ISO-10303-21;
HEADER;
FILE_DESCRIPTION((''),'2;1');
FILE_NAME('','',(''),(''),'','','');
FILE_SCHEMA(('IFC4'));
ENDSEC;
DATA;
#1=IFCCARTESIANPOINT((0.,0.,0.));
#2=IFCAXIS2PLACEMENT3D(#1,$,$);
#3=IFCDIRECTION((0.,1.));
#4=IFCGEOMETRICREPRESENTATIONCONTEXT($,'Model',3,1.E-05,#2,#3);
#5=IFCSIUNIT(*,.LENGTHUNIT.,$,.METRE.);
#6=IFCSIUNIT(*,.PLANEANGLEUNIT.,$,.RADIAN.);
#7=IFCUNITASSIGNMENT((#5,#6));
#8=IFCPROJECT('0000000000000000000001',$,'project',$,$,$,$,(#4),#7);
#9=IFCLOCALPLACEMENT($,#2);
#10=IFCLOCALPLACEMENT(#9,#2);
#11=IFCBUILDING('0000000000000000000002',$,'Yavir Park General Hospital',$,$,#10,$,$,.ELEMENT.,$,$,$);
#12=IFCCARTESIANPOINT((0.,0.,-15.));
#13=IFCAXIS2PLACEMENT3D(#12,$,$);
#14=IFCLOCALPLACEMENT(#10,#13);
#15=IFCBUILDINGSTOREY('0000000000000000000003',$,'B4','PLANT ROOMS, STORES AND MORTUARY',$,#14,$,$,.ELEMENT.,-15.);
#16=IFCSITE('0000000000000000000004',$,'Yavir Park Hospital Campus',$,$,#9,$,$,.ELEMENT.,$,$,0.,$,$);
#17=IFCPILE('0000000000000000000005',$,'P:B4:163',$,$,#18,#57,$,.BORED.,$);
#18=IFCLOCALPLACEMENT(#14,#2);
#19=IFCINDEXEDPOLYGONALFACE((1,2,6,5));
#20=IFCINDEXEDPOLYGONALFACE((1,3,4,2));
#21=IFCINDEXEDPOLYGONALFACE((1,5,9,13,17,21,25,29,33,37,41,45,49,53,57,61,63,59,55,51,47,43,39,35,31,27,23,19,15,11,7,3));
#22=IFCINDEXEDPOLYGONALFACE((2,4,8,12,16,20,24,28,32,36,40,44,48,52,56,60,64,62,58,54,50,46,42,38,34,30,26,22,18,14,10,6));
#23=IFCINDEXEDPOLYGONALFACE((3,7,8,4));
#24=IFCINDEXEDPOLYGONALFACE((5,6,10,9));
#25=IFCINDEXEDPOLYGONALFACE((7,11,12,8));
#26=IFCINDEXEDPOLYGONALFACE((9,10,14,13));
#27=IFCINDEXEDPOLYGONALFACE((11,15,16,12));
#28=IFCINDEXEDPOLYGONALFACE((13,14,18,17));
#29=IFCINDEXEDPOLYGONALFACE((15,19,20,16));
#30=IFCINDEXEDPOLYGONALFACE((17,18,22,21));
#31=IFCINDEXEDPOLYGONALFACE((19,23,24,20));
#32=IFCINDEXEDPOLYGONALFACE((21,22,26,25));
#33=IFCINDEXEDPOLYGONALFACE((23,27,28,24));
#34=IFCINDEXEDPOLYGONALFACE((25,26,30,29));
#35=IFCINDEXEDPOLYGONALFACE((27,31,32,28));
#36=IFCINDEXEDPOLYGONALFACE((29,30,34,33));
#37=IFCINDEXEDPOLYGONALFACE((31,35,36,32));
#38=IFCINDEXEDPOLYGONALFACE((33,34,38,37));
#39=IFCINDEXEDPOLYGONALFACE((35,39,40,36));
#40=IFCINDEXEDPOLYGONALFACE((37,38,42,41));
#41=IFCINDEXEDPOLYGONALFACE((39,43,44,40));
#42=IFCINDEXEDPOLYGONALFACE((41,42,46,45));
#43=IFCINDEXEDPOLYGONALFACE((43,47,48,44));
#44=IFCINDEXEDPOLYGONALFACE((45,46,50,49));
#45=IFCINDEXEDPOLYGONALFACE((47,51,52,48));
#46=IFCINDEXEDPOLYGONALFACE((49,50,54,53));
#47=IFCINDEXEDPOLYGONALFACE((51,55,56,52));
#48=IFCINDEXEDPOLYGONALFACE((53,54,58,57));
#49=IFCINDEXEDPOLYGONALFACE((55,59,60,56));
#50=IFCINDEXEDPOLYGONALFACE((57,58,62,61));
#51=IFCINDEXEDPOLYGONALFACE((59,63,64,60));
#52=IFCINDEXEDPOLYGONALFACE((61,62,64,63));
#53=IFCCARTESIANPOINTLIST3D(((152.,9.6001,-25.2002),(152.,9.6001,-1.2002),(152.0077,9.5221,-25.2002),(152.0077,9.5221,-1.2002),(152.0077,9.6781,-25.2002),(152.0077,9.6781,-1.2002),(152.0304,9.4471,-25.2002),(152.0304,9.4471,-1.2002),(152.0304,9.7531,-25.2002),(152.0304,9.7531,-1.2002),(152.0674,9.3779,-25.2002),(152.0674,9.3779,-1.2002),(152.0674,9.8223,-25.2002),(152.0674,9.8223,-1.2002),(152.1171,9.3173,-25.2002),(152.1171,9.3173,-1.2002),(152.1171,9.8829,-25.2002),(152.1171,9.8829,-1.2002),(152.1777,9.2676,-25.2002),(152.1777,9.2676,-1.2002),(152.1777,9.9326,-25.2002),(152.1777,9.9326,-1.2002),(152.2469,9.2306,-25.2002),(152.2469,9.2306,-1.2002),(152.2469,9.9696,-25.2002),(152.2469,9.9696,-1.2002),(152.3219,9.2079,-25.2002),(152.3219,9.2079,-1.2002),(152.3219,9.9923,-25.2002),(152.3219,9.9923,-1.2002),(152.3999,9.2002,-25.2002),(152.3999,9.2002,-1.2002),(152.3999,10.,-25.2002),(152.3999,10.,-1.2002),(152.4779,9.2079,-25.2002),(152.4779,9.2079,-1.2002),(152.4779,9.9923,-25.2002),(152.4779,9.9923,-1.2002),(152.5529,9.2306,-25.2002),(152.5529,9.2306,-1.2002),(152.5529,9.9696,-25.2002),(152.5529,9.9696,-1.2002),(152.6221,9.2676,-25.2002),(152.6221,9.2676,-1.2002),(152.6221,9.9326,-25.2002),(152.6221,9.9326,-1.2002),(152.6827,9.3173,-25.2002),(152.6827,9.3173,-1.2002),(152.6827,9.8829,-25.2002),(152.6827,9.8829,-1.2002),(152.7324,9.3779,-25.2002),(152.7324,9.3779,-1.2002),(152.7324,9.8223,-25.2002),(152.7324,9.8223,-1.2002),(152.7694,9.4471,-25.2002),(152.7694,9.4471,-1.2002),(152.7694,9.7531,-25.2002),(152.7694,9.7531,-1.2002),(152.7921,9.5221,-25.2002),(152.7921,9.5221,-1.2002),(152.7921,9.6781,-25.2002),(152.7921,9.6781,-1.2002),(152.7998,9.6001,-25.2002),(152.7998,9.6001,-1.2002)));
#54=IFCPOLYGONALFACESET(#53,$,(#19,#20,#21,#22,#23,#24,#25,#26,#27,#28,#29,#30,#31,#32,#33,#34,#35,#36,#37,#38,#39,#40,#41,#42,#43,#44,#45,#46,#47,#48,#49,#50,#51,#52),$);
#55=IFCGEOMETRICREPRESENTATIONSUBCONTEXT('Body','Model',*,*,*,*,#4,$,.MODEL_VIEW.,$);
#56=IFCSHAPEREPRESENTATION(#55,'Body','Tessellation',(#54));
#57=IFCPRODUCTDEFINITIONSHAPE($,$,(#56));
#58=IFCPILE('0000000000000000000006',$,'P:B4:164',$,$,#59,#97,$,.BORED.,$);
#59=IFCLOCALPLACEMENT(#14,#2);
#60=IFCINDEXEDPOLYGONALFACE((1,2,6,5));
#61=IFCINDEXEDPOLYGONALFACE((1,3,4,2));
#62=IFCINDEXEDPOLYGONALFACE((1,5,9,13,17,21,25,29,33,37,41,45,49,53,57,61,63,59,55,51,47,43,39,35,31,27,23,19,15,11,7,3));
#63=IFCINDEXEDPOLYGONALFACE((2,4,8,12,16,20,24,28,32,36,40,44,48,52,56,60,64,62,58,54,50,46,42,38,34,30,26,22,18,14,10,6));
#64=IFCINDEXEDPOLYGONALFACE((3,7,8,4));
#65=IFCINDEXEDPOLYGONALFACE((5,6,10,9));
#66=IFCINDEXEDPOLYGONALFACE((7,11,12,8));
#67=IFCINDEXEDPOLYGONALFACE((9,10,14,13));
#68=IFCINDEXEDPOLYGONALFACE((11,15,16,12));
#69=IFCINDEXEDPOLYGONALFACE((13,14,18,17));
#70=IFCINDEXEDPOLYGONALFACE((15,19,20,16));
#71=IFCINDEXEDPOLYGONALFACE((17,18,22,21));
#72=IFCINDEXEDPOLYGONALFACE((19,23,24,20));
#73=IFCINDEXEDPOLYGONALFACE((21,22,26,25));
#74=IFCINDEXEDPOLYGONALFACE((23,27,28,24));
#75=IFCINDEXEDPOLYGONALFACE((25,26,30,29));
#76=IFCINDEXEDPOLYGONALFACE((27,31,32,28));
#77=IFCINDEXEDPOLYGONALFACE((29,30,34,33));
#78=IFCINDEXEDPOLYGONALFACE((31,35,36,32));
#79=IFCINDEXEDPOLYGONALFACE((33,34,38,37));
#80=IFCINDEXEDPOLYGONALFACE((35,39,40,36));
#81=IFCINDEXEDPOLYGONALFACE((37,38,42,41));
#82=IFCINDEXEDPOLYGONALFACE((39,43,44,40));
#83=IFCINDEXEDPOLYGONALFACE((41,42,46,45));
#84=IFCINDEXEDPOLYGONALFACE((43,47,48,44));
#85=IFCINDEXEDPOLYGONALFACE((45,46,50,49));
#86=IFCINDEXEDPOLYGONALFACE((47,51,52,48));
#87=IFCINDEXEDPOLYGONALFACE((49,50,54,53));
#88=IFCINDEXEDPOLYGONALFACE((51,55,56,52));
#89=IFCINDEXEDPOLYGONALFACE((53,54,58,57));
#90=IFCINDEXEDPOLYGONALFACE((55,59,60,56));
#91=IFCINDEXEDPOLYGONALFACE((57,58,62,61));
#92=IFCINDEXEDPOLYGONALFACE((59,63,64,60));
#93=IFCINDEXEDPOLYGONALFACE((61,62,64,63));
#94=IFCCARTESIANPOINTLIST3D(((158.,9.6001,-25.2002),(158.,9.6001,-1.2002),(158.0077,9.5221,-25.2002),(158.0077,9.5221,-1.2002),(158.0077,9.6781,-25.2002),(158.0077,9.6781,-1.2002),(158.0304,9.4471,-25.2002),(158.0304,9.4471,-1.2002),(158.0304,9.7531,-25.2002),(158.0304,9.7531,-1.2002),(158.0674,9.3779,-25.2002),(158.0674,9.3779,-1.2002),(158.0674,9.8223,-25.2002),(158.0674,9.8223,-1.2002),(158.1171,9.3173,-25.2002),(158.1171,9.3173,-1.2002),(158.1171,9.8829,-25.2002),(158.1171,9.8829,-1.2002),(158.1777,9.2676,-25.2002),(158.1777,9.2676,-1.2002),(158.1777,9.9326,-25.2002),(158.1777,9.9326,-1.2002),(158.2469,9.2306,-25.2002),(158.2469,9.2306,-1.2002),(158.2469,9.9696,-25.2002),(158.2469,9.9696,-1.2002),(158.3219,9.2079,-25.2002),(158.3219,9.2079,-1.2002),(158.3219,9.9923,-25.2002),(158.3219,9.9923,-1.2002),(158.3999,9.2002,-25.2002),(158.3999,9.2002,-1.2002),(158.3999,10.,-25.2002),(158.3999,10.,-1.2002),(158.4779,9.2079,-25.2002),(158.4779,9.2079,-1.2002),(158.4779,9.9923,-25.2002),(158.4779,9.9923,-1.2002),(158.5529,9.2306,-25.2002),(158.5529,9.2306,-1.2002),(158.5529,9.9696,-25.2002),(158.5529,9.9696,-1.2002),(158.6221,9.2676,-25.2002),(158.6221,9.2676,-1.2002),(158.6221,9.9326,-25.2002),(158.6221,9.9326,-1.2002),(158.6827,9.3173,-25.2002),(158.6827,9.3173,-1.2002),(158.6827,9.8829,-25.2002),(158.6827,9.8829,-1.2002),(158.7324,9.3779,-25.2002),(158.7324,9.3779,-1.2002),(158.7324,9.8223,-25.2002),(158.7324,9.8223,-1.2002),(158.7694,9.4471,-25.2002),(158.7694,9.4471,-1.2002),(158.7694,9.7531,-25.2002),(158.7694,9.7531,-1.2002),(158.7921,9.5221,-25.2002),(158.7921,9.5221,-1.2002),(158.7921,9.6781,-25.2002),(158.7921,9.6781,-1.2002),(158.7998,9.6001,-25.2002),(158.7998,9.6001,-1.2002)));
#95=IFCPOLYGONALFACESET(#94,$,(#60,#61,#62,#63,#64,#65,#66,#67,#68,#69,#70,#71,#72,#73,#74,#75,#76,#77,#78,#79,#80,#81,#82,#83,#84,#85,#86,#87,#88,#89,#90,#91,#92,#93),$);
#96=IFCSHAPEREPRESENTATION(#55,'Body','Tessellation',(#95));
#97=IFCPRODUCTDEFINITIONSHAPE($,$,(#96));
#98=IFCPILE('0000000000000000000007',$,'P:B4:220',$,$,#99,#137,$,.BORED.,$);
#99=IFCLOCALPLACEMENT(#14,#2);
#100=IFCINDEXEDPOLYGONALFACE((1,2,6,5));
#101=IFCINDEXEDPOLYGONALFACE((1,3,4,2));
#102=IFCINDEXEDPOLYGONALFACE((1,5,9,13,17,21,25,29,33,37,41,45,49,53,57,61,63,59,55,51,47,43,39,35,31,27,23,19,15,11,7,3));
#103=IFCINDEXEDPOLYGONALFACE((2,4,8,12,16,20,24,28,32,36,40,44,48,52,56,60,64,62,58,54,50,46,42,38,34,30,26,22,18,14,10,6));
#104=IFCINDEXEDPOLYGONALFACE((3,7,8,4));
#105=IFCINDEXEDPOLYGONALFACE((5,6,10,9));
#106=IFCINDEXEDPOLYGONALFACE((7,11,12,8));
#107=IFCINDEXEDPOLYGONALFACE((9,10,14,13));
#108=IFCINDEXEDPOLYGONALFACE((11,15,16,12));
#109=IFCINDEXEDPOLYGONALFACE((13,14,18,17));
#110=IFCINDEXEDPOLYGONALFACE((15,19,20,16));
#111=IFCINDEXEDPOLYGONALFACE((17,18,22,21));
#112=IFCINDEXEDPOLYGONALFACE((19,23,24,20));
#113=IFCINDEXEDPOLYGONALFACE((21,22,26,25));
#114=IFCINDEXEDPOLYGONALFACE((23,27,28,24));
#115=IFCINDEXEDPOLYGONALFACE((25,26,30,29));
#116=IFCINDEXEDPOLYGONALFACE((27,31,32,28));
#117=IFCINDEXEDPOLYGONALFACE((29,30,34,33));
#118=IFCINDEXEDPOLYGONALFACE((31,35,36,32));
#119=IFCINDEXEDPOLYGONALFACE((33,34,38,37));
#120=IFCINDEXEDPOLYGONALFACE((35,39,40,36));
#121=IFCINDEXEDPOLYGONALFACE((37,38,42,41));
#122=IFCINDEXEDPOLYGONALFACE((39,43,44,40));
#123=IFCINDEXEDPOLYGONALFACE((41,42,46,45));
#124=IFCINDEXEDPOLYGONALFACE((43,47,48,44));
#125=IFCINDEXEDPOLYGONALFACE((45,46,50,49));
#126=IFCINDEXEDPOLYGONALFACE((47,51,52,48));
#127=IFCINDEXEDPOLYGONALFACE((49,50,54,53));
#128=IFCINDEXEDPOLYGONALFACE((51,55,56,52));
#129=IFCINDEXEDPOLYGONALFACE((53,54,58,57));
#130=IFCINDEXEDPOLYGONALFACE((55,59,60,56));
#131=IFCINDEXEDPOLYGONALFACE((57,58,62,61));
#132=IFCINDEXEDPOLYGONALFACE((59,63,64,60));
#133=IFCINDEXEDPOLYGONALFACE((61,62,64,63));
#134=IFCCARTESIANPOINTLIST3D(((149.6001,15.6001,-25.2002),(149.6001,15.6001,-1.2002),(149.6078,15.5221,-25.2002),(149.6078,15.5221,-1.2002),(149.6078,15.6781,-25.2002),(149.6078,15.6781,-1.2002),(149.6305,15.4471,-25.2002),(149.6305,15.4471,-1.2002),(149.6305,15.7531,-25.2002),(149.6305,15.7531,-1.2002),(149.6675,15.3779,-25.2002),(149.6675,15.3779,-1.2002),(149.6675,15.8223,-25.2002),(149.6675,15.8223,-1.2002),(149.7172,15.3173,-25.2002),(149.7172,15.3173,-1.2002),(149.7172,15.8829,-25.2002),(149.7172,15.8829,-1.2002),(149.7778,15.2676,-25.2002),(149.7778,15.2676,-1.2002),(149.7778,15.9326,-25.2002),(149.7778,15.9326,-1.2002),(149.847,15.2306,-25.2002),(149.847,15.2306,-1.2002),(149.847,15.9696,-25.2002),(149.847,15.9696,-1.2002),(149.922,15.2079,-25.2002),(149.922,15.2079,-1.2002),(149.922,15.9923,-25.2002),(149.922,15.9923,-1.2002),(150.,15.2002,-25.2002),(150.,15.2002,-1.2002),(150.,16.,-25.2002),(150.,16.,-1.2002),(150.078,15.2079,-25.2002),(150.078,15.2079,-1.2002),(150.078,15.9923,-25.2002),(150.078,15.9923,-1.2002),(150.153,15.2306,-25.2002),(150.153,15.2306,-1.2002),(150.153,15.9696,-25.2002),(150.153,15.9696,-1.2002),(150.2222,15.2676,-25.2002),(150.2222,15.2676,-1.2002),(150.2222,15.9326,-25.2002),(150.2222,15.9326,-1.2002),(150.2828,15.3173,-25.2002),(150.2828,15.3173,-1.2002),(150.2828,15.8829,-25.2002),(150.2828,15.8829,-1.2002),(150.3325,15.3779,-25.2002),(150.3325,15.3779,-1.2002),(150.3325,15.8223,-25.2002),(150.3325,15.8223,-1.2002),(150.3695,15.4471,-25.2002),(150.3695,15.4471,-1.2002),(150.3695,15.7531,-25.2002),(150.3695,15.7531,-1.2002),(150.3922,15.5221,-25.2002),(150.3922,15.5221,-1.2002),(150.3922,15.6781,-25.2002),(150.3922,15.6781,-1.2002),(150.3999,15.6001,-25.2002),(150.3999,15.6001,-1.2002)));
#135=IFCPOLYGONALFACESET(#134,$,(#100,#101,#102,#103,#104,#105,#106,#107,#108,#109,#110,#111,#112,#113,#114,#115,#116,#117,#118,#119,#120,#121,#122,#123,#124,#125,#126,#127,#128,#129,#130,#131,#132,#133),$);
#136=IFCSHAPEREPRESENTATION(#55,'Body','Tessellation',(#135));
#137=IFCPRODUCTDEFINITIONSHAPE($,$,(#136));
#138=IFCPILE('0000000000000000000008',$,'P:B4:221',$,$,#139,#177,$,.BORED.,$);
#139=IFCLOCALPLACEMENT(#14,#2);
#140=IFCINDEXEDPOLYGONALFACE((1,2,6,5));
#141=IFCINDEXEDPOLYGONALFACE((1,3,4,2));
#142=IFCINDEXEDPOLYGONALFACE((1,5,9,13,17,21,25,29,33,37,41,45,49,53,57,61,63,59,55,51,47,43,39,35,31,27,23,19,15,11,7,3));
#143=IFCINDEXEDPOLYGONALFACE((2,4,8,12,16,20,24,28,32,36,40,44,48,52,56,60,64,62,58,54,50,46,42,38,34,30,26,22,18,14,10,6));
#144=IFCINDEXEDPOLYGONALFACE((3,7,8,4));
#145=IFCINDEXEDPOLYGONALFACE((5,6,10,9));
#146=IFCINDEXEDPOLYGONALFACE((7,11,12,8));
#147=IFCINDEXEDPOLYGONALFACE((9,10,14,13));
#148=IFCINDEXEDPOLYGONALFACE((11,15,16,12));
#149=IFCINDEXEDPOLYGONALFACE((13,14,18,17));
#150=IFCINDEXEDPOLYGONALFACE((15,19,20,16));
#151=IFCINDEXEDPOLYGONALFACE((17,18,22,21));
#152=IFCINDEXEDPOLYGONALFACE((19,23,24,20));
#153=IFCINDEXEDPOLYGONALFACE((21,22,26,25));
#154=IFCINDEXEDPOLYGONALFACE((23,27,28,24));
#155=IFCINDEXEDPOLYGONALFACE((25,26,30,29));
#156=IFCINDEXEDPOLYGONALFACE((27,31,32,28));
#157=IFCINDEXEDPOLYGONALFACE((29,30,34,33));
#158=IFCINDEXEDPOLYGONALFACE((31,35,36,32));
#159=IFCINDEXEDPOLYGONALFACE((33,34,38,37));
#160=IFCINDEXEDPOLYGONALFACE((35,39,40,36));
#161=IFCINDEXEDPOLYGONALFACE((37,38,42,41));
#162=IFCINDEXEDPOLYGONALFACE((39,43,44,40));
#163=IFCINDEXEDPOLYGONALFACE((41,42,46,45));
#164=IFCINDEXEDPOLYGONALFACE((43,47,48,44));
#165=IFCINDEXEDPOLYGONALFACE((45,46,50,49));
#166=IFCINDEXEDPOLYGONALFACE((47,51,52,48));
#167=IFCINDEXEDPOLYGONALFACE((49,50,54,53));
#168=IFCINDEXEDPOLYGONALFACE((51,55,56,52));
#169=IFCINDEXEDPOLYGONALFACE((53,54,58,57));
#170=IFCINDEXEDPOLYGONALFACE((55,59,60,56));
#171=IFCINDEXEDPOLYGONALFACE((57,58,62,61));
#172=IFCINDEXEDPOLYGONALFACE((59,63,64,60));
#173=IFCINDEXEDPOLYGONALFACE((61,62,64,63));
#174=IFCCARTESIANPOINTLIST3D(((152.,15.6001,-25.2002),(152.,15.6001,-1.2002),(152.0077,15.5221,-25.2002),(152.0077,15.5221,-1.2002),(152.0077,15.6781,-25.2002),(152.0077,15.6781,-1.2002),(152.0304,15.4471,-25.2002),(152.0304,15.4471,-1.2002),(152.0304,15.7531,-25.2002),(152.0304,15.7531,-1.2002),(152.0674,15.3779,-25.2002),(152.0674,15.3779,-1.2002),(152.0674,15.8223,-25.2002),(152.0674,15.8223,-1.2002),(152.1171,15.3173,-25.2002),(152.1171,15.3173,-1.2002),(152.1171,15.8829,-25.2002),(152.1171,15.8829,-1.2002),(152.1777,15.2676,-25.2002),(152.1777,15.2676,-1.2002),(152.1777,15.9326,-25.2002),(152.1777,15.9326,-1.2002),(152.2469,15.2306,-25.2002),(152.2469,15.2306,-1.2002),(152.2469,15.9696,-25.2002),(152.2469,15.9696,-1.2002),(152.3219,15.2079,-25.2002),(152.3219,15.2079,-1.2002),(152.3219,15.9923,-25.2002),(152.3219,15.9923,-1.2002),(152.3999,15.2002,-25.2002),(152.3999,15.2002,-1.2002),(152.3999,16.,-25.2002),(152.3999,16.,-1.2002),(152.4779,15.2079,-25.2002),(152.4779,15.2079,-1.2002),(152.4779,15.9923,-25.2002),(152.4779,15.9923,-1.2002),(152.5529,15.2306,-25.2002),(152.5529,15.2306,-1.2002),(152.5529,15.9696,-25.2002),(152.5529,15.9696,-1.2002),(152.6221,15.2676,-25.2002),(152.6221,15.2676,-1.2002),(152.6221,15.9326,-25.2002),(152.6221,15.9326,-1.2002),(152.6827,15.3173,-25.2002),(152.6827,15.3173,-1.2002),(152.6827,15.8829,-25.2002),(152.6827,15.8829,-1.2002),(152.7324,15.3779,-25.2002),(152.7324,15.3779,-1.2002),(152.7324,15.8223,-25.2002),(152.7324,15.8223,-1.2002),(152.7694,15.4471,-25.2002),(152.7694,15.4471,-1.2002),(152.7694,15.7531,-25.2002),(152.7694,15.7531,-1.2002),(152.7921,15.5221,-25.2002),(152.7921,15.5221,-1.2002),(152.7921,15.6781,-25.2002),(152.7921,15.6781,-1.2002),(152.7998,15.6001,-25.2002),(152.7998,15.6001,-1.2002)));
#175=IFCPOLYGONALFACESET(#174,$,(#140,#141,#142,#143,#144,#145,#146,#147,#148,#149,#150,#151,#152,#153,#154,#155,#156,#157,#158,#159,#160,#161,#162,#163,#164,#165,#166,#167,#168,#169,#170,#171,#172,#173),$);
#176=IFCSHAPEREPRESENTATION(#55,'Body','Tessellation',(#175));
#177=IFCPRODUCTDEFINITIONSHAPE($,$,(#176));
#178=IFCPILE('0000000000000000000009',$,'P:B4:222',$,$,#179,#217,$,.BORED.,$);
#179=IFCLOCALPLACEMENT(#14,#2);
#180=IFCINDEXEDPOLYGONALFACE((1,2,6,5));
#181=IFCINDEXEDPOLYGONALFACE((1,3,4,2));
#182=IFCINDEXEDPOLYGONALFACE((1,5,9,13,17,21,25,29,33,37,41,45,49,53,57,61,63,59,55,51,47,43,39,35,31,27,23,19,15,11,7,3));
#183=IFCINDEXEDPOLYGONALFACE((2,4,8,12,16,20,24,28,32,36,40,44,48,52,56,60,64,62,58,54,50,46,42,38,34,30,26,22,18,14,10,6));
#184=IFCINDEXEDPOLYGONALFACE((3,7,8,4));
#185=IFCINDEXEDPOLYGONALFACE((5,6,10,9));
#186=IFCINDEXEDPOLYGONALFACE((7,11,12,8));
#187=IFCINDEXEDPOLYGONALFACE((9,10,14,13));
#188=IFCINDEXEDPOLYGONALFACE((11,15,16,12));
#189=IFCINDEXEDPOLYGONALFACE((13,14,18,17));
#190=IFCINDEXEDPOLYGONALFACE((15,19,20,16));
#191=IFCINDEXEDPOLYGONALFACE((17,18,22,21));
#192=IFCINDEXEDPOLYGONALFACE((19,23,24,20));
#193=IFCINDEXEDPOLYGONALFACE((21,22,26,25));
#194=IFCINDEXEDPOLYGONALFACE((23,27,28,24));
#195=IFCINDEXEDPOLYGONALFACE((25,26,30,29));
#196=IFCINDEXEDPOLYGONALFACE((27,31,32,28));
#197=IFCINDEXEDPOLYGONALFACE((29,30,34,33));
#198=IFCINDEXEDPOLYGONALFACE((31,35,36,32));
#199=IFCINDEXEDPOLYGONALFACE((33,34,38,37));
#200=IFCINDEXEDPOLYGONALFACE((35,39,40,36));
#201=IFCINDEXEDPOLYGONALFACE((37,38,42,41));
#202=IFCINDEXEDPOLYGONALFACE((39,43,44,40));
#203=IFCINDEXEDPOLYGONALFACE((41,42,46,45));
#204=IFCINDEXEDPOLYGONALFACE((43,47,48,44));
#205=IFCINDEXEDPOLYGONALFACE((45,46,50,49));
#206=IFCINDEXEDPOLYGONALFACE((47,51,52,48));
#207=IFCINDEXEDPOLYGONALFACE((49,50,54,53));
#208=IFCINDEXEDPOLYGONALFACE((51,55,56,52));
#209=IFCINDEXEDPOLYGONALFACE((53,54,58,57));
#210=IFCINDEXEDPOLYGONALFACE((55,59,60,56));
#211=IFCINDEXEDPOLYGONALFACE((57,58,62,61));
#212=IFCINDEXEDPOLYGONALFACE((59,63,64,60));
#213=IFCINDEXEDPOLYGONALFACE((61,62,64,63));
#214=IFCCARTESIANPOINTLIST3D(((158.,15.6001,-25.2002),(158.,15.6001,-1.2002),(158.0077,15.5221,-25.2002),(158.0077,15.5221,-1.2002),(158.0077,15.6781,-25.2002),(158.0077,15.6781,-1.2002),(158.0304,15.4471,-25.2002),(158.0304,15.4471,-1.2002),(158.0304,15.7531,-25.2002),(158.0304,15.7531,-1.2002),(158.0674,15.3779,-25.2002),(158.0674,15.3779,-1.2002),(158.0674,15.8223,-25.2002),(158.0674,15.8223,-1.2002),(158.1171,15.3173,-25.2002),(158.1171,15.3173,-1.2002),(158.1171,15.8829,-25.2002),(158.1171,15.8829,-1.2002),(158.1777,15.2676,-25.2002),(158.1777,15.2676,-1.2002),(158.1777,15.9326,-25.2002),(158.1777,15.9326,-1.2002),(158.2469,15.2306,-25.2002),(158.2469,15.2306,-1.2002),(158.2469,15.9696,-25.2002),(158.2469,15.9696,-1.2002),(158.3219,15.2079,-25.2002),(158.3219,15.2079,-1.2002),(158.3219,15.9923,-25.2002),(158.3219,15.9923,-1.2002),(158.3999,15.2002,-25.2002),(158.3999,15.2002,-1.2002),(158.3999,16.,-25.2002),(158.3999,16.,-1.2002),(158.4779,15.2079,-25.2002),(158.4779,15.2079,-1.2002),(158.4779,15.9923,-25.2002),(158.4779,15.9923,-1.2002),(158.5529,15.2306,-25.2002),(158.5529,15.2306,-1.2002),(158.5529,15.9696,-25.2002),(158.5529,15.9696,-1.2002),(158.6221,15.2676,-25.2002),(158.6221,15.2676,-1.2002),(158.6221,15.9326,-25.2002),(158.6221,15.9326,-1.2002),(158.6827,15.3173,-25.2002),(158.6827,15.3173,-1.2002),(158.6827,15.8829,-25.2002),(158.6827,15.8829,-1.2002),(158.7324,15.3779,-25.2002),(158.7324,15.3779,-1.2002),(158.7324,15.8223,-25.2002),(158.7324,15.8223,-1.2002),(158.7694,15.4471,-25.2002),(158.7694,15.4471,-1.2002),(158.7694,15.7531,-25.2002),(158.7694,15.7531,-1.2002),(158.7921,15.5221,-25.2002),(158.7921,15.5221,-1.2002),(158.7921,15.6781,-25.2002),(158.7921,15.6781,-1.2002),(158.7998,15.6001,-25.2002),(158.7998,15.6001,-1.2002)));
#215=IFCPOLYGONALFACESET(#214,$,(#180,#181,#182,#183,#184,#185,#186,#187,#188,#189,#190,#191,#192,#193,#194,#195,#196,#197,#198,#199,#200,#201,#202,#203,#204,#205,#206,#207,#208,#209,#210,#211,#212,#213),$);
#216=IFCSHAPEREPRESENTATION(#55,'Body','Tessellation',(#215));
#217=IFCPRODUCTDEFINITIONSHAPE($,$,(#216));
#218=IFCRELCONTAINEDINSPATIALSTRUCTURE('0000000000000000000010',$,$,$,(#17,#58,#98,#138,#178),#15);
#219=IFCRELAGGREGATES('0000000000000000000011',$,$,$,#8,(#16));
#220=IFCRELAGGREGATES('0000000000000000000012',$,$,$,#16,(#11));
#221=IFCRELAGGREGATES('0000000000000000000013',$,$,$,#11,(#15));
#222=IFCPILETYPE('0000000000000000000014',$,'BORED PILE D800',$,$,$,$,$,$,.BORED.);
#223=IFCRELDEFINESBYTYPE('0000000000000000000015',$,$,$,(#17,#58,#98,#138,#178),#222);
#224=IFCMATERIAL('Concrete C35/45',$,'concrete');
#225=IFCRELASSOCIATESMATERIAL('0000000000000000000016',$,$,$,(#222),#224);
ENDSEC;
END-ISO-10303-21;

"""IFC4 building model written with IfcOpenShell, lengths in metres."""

from ifc_helpers import new_model, si_unit, direction, frame, origin, origin_2d, place, context, subcontext, project, spatial, circle, extrude, material, material_profile, profile_set, type_object, element, save


model = new_model("IFC4")

# Units and contexts
model_context = context("Model", 3, precision=1e-05, world=origin(), true_north=direction((0.0, 1.0)))
body_context = subcontext(model_context, "Body", "Model", "MODEL_VIEW")
ifc_project = project(units=[si_unit("LENGTHUNIT", "METRE"), si_unit("PLANEANGLEUNIT", "RADIAN")], contexts=[model_context])

# Site, building, storey
site_placement = place(None, origin())
site = spatial("IfcSite", under=ifc_project, at=site_placement, Name="Yavir Park Hospital Campus", CompositionType="ELEMENT", RefElevation=0.0)
building_placement = place(site_placement, origin())
building = spatial("IfcBuilding", under=site, at=building_placement, Name="Yavir Park General Hospital", CompositionType="ELEMENT")
storey_placement = place(building_placement, frame((0.0, 0.0, -15.0)))
storey = spatial("IfcBuildingStorey", under=building, at=storey_placement, Name="B4", Description="PLANT ROOMS, STORES AND MORTUARY", CompositionType="ELEMENT", Elevation=-15.0)

# Piles
ifc_material_1 = material(Name="Concrete C35/45", Category="concrete")
ifc_material_profile_1 = material_profile(ifc_material_1, circle(Radius=0.3999, at=origin_2d()), Name="D800")
ifc_profile_set_1 = profile_set([ifc_material_profile_1], Name="Concrete C35/45")
pile_type = type_object("IfcPileType", Name="BORED PILE D800", PredefinedType="BORED", material=ifc_profile_set_1)
for number, where, z_axis, x_axis, name in (
    (1, (152.3999, 9.6001, -1.2002), (0.0, 0.0, -1.0), (1.0, 0.0, 0.0), "P:B4:163"),
    (2, (158.3999, 9.6001, -1.2002), (0.0, 0.0, -1.0), (1.0, 0.0, 0.0), "P:B4:164"),
    (3, (150.0, 15.6001, -1.2002), (0.0, 0.0, -1.0), (1.0, 0.0, 0.0), "P:B4:220"),
    (4, (152.3999, 15.6001, -1.2002), (0.0, 0.0, -1.0), (1.0, 0.0, 0.0), "P:B4:221"),
    (5, (158.3999, 15.6001, -1.2002), (0.0, 0.0, -1.0), (1.0, 0.0, 0.0), "P:B4:222"),
):
    element("IfcPile", number, at=place(storey_placement, frame(where, z_axis=z_axis, x_axis=x_axis)), inside=storey, type_object=pile_type, Name=name, PredefinedType="BORED", context=body_context, shape_type="SweptSolid", body=[
        extrude(circle(Radius=0.3999, at=origin_2d()), origin(), (0.0, 0.0, 1.0), 24.0),
    ])

save(model, "model.ifc")
